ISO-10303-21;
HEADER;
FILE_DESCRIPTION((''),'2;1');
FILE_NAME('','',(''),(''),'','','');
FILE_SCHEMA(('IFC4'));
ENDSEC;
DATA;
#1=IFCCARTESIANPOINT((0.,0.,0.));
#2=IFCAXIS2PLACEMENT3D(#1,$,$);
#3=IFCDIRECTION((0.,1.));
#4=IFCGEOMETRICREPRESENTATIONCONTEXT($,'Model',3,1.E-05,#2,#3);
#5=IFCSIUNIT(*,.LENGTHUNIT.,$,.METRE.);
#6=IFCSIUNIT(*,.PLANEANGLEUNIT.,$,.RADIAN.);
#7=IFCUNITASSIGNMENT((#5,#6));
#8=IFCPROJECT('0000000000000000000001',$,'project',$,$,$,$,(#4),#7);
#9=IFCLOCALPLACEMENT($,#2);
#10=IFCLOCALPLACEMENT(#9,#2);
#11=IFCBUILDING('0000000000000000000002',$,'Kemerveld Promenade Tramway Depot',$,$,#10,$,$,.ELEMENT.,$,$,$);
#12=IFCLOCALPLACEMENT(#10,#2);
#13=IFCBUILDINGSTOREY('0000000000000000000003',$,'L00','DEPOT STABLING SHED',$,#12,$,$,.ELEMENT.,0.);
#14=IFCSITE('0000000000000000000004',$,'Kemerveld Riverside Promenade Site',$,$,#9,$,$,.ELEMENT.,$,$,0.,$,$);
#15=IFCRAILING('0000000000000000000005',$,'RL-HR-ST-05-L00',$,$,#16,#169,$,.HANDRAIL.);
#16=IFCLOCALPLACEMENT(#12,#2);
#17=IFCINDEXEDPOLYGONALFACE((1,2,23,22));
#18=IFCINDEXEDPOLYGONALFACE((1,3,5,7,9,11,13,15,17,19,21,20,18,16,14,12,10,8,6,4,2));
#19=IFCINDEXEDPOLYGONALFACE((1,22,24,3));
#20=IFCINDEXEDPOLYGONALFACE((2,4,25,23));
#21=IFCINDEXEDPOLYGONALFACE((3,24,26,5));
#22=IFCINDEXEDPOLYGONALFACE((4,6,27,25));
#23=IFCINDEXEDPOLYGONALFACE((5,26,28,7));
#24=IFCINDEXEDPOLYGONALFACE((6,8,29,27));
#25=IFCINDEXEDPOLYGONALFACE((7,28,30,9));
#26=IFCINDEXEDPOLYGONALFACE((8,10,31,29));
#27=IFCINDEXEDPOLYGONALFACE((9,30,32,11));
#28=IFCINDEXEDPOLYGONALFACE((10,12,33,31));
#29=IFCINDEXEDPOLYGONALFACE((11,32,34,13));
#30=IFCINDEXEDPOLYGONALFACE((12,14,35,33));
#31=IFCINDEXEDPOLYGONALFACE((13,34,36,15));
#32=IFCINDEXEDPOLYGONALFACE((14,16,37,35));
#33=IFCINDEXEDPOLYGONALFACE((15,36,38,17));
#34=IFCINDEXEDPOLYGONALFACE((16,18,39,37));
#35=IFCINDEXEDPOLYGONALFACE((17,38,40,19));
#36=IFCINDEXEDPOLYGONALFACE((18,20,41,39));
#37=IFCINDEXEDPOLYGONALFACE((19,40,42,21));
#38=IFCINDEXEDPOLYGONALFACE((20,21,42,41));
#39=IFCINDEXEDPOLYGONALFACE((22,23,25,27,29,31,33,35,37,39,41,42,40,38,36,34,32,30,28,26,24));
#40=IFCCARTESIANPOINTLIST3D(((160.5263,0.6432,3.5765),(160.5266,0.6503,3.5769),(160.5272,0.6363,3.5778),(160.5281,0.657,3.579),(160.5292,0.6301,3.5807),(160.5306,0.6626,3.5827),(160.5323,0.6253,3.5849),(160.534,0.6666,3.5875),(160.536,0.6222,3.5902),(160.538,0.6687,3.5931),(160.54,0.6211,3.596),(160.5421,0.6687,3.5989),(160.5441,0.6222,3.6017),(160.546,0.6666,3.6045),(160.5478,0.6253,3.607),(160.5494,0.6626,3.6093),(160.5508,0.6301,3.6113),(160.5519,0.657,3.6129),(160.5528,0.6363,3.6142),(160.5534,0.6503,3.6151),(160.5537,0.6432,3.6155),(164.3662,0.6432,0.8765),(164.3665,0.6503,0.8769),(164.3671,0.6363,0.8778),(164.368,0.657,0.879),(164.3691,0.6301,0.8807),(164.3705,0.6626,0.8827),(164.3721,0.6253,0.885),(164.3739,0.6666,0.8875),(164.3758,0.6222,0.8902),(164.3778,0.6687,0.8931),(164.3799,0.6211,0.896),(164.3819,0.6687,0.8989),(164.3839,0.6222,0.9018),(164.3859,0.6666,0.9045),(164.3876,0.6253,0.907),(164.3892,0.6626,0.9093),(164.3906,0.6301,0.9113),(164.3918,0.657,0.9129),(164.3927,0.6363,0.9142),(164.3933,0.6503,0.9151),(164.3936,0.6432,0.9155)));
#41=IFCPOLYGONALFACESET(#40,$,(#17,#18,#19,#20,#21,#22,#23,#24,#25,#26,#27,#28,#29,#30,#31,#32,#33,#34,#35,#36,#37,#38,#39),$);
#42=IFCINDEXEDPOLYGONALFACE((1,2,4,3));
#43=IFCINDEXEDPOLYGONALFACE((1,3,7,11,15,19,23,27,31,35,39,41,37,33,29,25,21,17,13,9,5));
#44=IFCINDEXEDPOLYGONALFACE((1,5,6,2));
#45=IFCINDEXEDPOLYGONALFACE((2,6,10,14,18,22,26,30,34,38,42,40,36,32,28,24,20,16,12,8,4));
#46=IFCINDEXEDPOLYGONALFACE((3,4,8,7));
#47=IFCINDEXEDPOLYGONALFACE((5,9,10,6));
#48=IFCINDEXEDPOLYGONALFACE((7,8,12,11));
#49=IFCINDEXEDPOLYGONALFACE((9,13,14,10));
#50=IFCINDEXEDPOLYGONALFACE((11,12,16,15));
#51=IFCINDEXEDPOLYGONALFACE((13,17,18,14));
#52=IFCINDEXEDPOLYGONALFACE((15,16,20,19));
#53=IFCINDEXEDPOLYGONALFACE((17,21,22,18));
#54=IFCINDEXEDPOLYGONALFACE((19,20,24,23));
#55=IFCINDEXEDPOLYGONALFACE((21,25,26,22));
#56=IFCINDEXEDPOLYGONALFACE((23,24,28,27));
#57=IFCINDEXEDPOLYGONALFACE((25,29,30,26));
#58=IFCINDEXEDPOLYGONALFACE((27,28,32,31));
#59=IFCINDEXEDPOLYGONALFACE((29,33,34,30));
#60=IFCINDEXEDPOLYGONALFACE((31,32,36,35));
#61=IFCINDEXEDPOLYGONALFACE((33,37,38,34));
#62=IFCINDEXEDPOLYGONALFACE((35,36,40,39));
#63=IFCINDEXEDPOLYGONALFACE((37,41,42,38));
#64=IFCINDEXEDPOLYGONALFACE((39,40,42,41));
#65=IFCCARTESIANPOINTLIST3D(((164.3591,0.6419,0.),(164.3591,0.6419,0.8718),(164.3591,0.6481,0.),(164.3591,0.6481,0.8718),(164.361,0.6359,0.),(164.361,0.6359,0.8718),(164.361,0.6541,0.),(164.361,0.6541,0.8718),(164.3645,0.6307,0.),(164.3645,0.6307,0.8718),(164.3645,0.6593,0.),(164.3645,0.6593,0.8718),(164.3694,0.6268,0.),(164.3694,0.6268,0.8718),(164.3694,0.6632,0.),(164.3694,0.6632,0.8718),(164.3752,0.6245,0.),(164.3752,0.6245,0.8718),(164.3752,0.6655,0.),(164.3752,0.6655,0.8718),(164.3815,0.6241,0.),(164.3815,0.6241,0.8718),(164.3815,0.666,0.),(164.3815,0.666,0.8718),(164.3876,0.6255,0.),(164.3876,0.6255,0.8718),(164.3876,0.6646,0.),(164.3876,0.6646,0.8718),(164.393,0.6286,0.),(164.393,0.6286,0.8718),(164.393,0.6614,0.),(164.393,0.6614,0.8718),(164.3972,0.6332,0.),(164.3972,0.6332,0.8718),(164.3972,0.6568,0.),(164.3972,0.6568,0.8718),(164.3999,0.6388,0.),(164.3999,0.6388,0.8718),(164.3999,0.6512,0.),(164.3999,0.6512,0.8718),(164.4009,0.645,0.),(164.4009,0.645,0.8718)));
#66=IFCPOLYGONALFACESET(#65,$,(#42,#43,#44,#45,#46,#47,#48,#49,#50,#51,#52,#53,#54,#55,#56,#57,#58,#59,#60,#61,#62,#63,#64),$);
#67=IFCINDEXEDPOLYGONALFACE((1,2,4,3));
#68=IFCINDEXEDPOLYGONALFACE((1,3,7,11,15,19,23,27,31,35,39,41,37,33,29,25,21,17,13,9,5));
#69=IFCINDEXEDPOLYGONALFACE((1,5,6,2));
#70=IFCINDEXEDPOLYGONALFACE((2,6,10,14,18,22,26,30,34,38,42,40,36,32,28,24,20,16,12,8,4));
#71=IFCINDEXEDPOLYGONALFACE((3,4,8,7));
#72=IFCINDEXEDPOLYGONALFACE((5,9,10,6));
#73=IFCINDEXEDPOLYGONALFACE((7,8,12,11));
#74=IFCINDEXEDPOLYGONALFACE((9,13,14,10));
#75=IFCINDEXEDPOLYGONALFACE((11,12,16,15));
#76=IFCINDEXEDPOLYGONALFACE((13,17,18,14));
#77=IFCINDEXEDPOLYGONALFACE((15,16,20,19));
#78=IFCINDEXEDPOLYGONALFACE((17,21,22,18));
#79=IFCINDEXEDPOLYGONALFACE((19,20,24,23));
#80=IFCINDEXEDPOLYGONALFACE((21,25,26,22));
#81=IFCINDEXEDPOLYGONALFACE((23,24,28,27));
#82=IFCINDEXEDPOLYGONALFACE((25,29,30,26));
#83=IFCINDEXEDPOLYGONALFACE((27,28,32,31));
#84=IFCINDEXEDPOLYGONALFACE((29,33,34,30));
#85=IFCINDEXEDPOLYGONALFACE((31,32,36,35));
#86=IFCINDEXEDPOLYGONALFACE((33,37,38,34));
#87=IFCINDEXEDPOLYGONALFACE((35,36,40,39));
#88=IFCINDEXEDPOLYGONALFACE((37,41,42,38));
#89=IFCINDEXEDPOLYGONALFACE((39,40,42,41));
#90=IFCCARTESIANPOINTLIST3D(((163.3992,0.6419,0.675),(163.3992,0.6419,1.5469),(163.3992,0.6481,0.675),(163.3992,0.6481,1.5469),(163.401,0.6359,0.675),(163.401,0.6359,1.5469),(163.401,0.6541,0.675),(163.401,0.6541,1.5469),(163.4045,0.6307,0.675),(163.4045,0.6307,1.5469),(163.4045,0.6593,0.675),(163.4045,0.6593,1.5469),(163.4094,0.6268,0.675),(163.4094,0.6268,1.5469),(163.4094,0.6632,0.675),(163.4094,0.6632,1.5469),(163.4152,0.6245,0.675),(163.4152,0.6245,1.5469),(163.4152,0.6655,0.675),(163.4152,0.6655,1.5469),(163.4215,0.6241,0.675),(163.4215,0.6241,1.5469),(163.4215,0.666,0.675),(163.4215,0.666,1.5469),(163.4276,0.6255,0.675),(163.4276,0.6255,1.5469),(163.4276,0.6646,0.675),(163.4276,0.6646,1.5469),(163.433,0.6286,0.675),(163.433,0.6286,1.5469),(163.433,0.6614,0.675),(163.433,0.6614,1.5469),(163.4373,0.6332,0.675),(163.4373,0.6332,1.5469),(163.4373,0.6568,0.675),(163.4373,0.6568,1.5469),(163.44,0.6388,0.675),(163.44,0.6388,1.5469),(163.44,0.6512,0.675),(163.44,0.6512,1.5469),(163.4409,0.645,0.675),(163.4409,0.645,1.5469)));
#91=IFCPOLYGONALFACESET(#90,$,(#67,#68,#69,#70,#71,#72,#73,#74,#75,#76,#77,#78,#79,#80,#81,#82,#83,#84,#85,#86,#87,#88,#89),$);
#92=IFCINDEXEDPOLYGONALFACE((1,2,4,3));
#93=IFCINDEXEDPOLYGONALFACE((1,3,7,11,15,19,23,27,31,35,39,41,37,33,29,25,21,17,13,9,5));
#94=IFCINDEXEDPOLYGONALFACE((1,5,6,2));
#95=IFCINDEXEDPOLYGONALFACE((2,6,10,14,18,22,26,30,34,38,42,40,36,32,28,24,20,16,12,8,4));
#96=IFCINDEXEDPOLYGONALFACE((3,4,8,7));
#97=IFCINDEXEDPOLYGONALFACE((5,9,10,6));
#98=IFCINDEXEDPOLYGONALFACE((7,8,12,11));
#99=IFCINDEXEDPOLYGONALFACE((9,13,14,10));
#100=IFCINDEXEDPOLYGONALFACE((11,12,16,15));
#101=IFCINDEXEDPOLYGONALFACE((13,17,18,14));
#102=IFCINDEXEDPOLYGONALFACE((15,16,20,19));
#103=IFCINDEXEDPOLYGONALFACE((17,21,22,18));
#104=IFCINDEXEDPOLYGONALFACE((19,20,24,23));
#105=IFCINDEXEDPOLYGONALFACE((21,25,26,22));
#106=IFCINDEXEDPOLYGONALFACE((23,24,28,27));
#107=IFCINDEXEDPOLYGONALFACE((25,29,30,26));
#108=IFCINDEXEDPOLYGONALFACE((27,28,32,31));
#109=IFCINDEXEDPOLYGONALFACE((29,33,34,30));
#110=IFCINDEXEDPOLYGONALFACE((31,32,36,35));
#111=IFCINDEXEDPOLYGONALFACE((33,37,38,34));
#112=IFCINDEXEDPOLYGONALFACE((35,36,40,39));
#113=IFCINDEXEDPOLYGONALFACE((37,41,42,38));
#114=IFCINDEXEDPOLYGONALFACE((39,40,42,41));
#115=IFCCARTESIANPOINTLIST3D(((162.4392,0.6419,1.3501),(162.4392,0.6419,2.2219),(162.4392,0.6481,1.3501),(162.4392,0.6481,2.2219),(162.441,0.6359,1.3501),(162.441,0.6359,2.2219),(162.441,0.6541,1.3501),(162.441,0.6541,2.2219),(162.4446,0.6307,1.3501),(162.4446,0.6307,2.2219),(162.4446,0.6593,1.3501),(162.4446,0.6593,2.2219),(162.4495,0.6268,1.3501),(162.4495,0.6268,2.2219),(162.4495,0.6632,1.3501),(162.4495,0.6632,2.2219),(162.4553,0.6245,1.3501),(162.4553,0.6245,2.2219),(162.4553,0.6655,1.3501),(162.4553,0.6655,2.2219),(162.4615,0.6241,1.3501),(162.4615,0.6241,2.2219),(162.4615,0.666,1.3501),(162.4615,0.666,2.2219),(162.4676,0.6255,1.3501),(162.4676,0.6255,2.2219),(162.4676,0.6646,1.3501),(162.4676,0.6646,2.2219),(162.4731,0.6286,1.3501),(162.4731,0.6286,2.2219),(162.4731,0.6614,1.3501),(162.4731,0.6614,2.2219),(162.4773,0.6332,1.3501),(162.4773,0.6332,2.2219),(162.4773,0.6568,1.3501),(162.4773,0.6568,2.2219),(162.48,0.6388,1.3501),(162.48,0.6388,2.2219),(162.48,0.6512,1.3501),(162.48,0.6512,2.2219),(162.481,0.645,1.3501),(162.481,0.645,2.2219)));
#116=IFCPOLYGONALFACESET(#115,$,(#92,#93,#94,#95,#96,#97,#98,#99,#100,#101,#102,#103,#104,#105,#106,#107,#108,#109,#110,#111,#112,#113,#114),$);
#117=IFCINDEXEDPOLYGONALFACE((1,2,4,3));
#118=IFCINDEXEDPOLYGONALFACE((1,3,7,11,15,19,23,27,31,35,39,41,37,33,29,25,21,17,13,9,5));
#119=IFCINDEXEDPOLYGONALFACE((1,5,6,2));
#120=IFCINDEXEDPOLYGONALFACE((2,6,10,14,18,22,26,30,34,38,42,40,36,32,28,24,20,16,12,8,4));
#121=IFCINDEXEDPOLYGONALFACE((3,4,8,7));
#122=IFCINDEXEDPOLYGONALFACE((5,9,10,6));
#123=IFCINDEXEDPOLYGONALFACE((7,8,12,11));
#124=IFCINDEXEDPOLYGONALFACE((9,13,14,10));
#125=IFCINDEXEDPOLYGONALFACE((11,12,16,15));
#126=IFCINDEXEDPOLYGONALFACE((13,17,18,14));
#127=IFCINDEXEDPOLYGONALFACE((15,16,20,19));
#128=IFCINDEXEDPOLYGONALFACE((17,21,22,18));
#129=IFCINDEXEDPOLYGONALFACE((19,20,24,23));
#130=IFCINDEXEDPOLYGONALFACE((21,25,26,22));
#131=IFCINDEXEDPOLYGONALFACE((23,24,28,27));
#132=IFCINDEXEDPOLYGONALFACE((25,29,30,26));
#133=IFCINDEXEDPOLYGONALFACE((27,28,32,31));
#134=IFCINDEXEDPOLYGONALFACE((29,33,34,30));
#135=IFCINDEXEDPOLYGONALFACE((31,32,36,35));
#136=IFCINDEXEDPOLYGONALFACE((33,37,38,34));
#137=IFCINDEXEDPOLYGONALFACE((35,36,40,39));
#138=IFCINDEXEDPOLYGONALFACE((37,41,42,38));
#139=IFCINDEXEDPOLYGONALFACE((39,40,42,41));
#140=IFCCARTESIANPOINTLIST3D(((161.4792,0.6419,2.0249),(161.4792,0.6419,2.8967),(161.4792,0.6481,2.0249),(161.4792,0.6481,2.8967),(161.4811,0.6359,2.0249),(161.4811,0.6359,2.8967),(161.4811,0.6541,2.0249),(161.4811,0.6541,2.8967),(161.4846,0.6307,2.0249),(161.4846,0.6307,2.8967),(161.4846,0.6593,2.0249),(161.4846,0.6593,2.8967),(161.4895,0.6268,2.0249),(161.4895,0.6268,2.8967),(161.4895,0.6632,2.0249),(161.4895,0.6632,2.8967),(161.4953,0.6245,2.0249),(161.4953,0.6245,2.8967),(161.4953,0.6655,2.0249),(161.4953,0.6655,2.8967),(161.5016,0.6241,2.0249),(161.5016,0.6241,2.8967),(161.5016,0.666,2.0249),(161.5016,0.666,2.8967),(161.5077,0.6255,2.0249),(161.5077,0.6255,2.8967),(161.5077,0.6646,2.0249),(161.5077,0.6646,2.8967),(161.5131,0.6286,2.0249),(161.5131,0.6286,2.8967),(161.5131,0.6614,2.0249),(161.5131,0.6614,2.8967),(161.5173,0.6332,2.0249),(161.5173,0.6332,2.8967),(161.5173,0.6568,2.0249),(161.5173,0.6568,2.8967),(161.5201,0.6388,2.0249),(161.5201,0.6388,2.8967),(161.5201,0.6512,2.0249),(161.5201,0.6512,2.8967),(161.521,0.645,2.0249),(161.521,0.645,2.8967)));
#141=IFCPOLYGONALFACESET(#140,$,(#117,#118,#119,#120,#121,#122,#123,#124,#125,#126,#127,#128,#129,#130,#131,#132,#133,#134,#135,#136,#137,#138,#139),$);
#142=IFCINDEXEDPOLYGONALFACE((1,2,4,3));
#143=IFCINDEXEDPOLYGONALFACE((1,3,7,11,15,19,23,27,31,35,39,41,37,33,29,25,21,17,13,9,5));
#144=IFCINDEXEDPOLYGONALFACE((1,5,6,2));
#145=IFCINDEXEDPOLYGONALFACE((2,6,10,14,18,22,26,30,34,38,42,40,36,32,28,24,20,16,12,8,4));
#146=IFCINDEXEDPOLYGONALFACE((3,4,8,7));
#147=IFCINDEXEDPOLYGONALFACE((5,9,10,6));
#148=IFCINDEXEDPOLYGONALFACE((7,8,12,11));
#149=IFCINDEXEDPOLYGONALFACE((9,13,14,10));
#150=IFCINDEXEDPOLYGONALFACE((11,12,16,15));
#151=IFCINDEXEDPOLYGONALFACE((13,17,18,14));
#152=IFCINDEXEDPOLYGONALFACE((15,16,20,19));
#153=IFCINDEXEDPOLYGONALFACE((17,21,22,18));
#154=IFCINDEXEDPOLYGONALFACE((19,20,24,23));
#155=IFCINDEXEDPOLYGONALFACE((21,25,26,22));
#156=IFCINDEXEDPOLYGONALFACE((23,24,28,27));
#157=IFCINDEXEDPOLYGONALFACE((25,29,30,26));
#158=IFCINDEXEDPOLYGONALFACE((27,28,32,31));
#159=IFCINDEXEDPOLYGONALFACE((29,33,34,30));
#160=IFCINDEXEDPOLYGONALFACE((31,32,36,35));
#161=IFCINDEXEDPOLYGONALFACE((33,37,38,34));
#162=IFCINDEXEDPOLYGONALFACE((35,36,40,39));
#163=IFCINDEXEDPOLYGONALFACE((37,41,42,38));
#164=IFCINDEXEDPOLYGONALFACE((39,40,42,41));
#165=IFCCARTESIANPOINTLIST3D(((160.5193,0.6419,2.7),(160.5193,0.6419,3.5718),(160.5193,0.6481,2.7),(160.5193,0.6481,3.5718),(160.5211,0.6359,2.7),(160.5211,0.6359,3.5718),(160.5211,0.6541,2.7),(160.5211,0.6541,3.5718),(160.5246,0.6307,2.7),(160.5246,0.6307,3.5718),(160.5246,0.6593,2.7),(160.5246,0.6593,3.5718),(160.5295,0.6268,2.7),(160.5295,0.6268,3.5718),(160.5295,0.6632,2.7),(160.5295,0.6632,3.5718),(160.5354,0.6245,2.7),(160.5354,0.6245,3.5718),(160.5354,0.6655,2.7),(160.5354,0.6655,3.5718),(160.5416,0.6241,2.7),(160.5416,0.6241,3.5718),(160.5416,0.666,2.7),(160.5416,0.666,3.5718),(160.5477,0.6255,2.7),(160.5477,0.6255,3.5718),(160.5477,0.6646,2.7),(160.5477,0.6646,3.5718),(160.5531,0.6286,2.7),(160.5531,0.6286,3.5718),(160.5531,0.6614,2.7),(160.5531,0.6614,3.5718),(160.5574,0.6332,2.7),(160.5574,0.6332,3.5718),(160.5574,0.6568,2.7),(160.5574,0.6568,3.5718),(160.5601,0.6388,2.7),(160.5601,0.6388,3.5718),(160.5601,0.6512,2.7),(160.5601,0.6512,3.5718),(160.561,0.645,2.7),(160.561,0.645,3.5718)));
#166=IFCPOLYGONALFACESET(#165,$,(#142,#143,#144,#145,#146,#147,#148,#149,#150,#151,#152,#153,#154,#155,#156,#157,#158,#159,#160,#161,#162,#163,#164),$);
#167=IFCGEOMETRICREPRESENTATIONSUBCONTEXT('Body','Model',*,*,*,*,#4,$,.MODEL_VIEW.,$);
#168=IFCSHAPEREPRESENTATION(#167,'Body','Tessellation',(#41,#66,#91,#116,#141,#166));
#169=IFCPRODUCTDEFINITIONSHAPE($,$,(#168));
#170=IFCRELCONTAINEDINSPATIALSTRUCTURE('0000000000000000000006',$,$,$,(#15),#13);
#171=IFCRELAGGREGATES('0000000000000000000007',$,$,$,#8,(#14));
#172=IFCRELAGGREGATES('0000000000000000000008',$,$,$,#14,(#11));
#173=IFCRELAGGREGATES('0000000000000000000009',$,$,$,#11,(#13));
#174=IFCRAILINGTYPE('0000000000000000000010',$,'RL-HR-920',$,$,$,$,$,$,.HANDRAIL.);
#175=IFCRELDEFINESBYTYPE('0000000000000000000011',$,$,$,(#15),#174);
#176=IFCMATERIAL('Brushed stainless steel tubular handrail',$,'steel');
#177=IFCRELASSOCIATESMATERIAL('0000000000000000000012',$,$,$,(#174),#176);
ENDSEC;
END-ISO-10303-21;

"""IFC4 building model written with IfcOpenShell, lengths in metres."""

from ifc_helpers import new_model, si_unit, direction, frame, origin, origin_2d, place, context, subcontext, project, spatial, circle, extrude, material, type_object, element, save


model = new_model("IFC4")

# Units and contexts
model_context = context("Model", 3, precision=1e-05, world=origin(), true_north=direction((0.0, 1.0)))
body_context = subcontext(model_context, "Body", "Model", "MODEL_VIEW")
ifc_project = project(units=[si_unit("LENGTHUNIT", "METRE"), si_unit("PLANEANGLEUNIT", "RADIAN")], contexts=[model_context])

# Site, building, storey
site_placement = place(None, origin())
site = spatial("IfcSite", under=ifc_project, at=site_placement, Name="Kemerveld Riverside Promenade Site", CompositionType="ELEMENT", RefElevation=0.0)
building_placement = place(site_placement, origin())
building = spatial("IfcBuilding", under=site, at=building_placement, Name="Kemerveld Promenade Tramway Depot", CompositionType="ELEMENT")
storey_placement = place(building_placement, origin())
storey = spatial("IfcBuildingStorey", under=building, at=storey_placement, Name="L00", Description="DEPOT STABLING SHED", CompositionType="ELEMENT", Elevation=0.0)

# Railing
ifc_material_1 = material(Name="Brushed stainless steel tubular handrail", Category="steel")
railing_type_1 = type_object("IfcRailingType", Name="RL-HR-920", PredefinedType="HANDRAIL", material=ifc_material_1)
railing_1_placement = place(storey_placement, frame((164.3799, 0.645, 0.0)))
element("IfcRailing", 1, at=railing_1_placement, inside=storey, type_object=railing_type_1, Name="RL-HR-ST-05-L00", PredefinedType="HANDRAIL", context=body_context, shape_type="SweptSolid", body=[
    extrude(circle(Radius=0.0239, at=origin_2d()), frame((0.0, 0.0, 0.896), z_axis=(-0.818023, 0.0, 0.575185), x_axis=(0.0, -1.0, 0.0)), (0.0, 0.0, 1.0), 4.6941),
    extrude(circle(Radius=0.021, at=origin_2d()), origin(), (0.0, 0.0, 1.0), 0.8718),
    extrude(circle(Radius=0.021, at=origin_2d()), frame((-0.96, 0.0, 0.675)), (0.0, 0.0, 1.0), 0.8718),
    extrude(circle(Radius=0.021, at=origin_2d()), frame((-1.9199, 0.0, 1.3501)), (0.0, 0.0, 1.0), 0.8718),
    extrude(circle(Radius=0.021, at=origin_2d()), frame((-2.8799, 0.0, 2.0249)), (0.0, 0.0, 1.0), 0.8718),
    extrude(circle(Radius=0.021, at=origin_2d()), frame((-3.8398, 0.0, 2.7)), (0.0, 0.0, 1.0), 0.8718),
])

save(model, "model.ifc")
